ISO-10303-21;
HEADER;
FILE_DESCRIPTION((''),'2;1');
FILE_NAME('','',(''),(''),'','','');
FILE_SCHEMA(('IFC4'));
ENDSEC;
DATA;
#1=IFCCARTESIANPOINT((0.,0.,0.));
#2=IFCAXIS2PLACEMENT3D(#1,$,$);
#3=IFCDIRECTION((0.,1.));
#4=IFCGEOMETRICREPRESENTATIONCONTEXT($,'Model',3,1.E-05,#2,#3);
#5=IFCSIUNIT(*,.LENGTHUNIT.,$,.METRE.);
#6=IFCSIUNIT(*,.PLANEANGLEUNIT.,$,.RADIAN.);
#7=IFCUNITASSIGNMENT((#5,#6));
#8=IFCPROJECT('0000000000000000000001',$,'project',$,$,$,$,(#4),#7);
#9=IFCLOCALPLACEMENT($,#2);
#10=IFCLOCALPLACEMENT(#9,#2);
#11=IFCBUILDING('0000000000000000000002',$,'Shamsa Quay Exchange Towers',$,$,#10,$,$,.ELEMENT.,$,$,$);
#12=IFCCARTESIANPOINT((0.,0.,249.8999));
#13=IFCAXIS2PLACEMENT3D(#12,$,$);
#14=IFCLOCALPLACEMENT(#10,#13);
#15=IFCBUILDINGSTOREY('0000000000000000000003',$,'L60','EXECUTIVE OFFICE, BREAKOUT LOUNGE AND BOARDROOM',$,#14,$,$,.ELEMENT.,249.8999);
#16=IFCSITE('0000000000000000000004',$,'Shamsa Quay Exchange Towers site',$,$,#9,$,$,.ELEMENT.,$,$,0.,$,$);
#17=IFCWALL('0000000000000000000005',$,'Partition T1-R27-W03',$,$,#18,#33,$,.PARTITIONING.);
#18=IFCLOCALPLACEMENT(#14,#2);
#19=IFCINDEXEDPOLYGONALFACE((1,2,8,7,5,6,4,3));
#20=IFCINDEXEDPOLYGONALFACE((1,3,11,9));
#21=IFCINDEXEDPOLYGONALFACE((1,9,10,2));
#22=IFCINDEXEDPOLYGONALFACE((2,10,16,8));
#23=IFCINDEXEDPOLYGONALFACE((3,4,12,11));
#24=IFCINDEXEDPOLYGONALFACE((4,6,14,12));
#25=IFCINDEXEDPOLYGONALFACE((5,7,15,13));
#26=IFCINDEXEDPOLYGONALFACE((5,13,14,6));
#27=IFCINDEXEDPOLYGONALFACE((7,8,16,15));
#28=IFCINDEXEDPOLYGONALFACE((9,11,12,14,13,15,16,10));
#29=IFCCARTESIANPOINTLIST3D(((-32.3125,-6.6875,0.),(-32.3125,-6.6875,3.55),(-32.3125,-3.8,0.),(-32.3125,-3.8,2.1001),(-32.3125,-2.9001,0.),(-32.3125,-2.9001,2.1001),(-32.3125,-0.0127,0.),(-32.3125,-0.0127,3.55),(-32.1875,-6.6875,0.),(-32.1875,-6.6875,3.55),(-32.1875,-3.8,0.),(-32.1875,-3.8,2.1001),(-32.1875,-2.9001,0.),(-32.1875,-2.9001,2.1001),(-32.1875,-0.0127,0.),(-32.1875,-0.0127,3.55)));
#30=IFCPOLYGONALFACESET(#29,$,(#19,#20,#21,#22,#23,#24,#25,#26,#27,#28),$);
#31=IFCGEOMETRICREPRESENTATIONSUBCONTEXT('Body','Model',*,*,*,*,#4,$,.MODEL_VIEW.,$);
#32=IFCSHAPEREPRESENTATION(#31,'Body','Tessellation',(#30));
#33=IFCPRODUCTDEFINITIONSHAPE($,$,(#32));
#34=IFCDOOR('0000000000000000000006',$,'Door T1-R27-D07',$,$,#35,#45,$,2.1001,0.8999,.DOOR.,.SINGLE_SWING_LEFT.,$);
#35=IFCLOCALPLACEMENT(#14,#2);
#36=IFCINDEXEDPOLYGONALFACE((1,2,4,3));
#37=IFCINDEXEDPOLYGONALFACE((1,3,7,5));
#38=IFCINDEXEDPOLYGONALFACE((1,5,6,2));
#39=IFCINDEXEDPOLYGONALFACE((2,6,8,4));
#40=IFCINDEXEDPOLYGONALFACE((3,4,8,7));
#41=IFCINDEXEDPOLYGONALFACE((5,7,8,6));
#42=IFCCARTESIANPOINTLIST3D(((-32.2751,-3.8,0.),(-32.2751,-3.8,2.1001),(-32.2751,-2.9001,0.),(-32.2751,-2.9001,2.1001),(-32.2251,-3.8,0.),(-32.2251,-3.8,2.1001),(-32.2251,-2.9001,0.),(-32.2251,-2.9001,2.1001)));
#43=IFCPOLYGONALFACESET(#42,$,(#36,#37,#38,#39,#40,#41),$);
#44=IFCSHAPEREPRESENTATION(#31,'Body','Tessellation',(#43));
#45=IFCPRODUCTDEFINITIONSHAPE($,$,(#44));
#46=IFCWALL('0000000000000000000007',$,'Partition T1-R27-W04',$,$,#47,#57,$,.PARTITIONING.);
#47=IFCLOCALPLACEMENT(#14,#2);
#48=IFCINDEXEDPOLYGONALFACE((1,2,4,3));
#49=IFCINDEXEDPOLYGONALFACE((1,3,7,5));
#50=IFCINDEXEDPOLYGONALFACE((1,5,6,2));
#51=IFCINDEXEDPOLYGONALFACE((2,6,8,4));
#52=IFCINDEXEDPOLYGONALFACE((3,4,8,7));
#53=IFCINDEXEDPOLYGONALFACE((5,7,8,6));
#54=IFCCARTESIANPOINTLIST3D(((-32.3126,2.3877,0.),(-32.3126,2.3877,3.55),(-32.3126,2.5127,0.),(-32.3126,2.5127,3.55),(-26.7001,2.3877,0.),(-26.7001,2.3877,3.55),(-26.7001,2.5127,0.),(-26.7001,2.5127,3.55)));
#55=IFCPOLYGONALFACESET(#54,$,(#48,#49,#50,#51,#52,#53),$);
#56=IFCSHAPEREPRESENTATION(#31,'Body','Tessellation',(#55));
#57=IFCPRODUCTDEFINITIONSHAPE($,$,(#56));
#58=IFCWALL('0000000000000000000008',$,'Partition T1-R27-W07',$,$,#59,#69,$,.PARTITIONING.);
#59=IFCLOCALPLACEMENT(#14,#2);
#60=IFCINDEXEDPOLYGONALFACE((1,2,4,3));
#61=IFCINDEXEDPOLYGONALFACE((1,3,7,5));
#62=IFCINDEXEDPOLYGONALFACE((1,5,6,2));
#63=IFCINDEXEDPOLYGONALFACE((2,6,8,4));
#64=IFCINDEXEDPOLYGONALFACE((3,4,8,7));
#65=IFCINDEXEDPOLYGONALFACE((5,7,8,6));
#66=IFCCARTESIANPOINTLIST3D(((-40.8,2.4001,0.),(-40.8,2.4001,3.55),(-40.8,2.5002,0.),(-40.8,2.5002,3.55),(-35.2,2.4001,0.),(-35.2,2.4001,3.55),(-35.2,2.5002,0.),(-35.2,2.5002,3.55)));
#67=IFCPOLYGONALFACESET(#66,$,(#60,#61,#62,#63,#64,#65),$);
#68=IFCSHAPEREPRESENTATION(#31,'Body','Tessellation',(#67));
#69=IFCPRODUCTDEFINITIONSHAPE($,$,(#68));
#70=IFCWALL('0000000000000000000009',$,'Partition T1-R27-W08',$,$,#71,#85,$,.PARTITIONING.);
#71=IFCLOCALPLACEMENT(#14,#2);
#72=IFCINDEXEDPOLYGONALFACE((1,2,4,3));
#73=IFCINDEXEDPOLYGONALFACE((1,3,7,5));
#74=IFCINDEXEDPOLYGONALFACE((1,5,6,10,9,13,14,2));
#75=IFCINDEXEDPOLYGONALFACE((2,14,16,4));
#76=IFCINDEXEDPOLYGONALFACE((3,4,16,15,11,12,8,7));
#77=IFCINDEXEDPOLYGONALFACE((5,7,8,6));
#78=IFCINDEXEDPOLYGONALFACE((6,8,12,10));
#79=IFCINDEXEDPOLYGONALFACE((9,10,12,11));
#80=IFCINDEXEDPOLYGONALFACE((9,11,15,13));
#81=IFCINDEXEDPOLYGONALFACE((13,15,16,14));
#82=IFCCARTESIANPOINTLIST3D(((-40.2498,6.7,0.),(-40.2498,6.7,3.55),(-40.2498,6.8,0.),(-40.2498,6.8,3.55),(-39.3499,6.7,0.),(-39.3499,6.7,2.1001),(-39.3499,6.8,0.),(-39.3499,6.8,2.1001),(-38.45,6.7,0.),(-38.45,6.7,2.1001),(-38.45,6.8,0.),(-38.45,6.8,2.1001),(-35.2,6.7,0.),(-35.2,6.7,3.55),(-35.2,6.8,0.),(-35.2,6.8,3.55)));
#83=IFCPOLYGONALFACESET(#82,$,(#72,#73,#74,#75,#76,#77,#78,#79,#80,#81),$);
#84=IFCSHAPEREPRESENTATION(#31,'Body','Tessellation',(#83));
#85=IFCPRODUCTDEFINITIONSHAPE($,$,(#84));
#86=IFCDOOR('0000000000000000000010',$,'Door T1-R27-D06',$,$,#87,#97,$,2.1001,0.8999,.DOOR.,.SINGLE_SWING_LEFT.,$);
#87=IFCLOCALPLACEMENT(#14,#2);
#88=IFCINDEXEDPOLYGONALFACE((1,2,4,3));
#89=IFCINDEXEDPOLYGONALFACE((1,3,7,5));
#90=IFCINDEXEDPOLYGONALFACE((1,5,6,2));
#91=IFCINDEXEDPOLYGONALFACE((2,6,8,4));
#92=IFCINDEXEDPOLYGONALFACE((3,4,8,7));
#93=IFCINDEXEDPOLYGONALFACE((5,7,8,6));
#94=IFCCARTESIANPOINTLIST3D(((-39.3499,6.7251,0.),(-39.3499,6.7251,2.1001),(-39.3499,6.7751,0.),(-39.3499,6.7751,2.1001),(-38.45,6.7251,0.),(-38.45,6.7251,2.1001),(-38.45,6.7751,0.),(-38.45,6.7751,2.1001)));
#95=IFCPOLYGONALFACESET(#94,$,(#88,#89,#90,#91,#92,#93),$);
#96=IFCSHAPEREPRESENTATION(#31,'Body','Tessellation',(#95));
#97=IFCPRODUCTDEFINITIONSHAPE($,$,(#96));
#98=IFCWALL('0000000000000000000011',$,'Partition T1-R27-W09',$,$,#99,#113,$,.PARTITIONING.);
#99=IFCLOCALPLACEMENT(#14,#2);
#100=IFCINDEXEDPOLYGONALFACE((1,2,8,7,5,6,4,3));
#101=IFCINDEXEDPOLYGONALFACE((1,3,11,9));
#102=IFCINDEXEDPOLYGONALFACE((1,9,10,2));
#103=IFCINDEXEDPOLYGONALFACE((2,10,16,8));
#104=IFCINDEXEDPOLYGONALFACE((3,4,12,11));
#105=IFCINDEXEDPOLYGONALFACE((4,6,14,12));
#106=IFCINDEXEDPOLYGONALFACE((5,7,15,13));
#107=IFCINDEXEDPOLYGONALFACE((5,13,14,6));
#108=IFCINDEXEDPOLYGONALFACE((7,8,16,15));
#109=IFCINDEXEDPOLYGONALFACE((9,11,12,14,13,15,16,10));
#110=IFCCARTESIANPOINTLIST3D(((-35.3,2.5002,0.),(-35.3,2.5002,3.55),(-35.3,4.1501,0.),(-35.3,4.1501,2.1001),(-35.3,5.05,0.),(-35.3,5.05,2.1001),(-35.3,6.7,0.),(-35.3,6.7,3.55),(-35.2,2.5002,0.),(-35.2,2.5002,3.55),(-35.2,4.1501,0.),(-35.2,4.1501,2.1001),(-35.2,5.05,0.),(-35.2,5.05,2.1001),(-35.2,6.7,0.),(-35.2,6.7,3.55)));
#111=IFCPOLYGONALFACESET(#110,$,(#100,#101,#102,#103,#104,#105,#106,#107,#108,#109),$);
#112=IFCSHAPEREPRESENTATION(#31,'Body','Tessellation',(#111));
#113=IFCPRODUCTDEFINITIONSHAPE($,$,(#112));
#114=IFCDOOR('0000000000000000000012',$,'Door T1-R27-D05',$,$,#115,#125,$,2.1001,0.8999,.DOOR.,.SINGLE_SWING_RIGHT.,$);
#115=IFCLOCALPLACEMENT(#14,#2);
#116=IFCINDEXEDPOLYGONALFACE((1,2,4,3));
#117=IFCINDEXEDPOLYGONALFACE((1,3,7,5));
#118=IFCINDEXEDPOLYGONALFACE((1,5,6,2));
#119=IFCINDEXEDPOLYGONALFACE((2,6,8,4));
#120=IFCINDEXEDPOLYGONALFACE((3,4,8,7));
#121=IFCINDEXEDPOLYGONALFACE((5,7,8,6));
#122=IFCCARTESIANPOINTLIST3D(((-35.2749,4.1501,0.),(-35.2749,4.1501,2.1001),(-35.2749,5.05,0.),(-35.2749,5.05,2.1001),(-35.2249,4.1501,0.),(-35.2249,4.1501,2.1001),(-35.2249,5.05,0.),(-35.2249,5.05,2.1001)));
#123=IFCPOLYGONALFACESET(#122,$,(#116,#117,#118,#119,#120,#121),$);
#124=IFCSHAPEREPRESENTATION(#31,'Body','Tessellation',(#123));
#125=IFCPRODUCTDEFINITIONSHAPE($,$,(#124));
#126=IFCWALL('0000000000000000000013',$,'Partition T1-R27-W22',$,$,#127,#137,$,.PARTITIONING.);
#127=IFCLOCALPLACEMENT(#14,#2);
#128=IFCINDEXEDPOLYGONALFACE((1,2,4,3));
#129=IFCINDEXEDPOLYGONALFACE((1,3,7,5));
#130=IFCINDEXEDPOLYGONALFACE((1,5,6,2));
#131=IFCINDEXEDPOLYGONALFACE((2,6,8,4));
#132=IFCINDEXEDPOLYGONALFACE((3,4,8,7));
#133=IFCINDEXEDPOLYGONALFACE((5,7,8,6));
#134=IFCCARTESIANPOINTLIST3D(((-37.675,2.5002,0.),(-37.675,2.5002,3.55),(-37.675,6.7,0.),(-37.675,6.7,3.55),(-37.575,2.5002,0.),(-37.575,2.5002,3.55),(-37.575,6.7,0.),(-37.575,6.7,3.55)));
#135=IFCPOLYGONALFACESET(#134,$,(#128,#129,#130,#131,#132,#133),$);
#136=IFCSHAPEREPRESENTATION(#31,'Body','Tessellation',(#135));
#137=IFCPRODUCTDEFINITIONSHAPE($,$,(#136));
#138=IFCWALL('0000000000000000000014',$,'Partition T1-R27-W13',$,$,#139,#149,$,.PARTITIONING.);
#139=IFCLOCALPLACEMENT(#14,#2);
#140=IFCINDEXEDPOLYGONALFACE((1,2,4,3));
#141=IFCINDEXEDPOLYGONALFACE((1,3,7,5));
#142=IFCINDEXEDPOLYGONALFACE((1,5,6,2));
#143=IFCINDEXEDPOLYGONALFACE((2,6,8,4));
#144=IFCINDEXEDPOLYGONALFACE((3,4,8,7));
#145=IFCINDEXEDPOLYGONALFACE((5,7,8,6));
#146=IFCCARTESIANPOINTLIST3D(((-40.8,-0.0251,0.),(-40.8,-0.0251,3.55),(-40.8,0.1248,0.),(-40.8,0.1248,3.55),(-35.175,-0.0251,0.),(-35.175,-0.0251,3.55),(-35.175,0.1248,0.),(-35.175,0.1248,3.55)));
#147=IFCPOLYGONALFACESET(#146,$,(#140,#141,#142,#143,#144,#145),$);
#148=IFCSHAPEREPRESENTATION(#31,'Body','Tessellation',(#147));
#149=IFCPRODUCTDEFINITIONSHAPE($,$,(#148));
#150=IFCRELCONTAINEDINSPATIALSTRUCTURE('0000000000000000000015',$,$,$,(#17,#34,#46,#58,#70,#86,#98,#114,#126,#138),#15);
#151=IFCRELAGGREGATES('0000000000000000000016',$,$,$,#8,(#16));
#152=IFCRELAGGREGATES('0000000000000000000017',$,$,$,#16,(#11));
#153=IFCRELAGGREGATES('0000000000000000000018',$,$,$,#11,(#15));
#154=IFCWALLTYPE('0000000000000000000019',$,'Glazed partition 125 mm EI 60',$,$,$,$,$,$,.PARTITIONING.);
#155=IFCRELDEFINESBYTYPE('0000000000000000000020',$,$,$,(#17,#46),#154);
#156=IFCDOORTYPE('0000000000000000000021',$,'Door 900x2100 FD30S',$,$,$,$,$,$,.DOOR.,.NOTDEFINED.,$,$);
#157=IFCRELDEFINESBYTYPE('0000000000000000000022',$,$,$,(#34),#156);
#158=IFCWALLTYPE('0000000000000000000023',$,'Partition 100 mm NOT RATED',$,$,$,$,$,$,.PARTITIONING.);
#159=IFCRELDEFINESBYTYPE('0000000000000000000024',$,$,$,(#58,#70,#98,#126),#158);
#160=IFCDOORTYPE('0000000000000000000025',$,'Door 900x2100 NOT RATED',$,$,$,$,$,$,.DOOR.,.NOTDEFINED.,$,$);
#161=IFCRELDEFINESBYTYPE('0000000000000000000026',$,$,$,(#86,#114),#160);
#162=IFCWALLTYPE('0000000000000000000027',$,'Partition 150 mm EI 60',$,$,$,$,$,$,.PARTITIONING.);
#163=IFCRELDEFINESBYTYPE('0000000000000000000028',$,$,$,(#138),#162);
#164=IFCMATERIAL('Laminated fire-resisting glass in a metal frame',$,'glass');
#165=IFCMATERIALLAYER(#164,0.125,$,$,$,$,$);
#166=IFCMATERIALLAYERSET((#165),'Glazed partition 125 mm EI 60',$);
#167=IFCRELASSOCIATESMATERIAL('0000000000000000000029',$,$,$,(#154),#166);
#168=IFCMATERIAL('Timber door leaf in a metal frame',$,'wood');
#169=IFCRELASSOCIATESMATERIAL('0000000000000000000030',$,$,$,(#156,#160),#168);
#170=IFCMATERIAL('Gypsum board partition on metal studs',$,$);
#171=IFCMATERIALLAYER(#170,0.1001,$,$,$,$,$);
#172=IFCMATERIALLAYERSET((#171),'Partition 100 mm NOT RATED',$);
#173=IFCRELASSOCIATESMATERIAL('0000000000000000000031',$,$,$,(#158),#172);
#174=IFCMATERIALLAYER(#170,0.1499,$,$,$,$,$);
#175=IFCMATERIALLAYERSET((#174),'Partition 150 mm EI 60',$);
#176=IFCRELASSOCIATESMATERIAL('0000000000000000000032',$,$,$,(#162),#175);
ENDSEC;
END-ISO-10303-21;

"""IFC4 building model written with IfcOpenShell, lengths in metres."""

from ifc_helpers import new_model, si_unit, direction, frame, frame_2d, origin, place, context, subcontext, project, spatial, rectangle, extrude, material, layer, layer_set, type_object, element, fill, save


model = new_model("IFC4")

# Units and contexts
model_context = context("Model", 3, precision=1e-05, world=origin(), true_north=direction((0.0, 1.0)))
body_context = subcontext(model_context, "Body", "Model", "MODEL_VIEW")
ifc_project = project(units=[si_unit("LENGTHUNIT", "METRE"), si_unit("PLANEANGLEUNIT", "RADIAN")], contexts=[model_context])

# Site, building, storey
site_placement = place(None, origin())
site = spatial("IfcSite", under=ifc_project, at=site_placement, Name="Shamsa Quay Exchange Towers site", CompositionType="ELEMENT", RefElevation=0.0)
building_placement = place(site_placement, origin())
building = spatial("IfcBuilding", under=site, at=building_placement, Name="Shamsa Quay Exchange Towers", CompositionType="ELEMENT")
storey_placement = place(building_placement, frame((0.0, 0.0, 249.8999)))
storey = spatial("IfcBuildingStorey", under=building, at=storey_placement, Name="L60", Description="EXECUTIVE OFFICE, BREAKOUT LOUNGE AND BOARDROOM", CompositionType="ELEMENT", Elevation=249.8999)

# Wall, opening, door
ifc_material_1 = material(Name="Laminated fire-resisting glass in a metal frame", Category="glass")
ifc_layer_1 = layer(ifc_material_1, 0.125)
ifc_layer_set_1 = layer_set([ifc_layer_1], Name="Glazed partition 125 mm EI 60")
wall_type_1 = type_object("IfcWallType", Name="Glazed partition 125 mm EI 60", PredefinedType="PARTITIONING", material=ifc_layer_set_1)
ifc_material_2 = material(Name="Timber door leaf in a metal frame", Category="wood")
door_type_1 = type_object("IfcDoorType", Name="Door 900x2100 FD30S", OperationType="NOTDEFINED", PredefinedType="DOOR", material=ifc_material_2)
wall_1_placement = place(storey_placement, frame((-32.25, -0.0127, 0.0), z_axis=(0.0, 0.0, 1.0), x_axis=(0.0, -1.0, 0.0)))
wall_1 = element("IfcWall", 1, at=wall_1_placement, inside=storey, type_object=wall_type_1, Name="Partition T1-R27-W03", PredefinedType="PARTITIONING", context=body_context, shape_type="SweptSolid", body=[
    extrude(rectangle(XDim=6.6748, YDim=0.125, at=frame_2d((3.3374, 0.0))), origin(), (0.0, 0.0, 1.0), 3.55),
])
opening_1_placement = place(wall_1_placement, frame((2.8875, 0.0, 0.0)))
opening_1 = element("IfcOpeningElement", 2, at=opening_1_placement, cuts=wall_1, PredefinedType="OPENING", context=body_context, shape_type="SweptSolid", body=[
    extrude(rectangle(XDim=0.8999, YDim=2.1001, at=frame_2d((0.45, 1.05))), frame((0.0, 0.0725, 0.0), z_axis=(0.0, -1.0, 0.0), x_axis=(1.0, 0.0, 0.0)), (0.0, 0.0, 1.0), 0.145),
])
door_1_placement = place(opening_1_placement, origin())
door_1 = element("IfcDoor", 3, at=door_1_placement, inside=storey, type_object=door_type_1, Name="Door T1-R27-D07", OperationType="SINGLE_SWING_LEFT", OverallHeight=2.1001, OverallWidth=0.8999, PredefinedType="DOOR", context=body_context, shape_type="SweptSolid", body=[
    extrude(rectangle(XDim=0.8999, YDim=2.1001, at=frame_2d((0.45, 1.05))), frame((0.0, 0.0249, 0.0), z_axis=(0.0, -1.0, 0.0), x_axis=(1.0, 0.0, 0.0)), (0.0, 0.0, 1.0), 0.05),
])
fill(opening_1, door_1)

# Walls
wall_2_placement = place(storey_placement, frame((-32.3125, 2.4502, 0.0)))
element("IfcWall", 4, at=wall_2_placement, inside=storey, type_object=wall_type_1, Name="Partition T1-R27-W04", PredefinedType="PARTITIONING", context=body_context, shape_type="SweptSolid", body=[
    extrude(rectangle(XDim=5.6125, YDim=0.125, at=frame_2d((2.8062, 0.0))), origin(), (0.0, 0.0, 1.0), 3.55),
])
ifc_material_3 = material(Name="Gypsum board partition on metal studs")
ifc_layer_2 = layer(ifc_material_3, 0.1001)
ifc_layer_set_2 = layer_set([ifc_layer_2], Name="Partition 100 mm NOT RATED")
wall_type_2 = type_object("IfcWallType", Name="Partition 100 mm NOT RATED", PredefinedType="PARTITIONING", material=ifc_layer_set_2)
wall_3_placement = place(storey_placement, frame((-40.8, 2.4502, 0.0)))
element("IfcWall", 5, at=wall_3_placement, inside=storey, type_object=wall_type_2, Name="Partition T1-R27-W07", PredefinedType="PARTITIONING", context=body_context, shape_type="SweptSolid", body=[
    extrude(rectangle(XDim=5.6001, YDim=0.1001, at=frame_2d((2.8, 0.0))), origin(), (0.0, 0.0, 1.0), 3.55),
])

# Walls, openings, doors
wall_4_placement = place(storey_placement, frame((-35.2, 6.75, 0.0), z_axis=(0.0, 0.0, 1.0), x_axis=(-1.0, 0.0, 0.0)))
wall_4 = element("IfcWall", 6, at=wall_4_placement, inside=storey, type_object=wall_type_2, Name="Partition T1-R27-W08", PredefinedType="PARTITIONING", context=body_context, shape_type="SweptSolid", body=[
    extrude(rectangle(XDim=5.0498, YDim=0.1001, at=frame_2d((2.5249, 0.0))), origin(), (0.0, 0.0, 1.0), 3.55),
])
opening_2_placement = place(wall_4_placement, frame((3.25, 0.0, 0.0)))
opening_2 = element("IfcOpeningElement", 7, at=opening_2_placement, cuts=wall_4, PredefinedType="OPENING", context=body_context, shape_type="SweptSolid", body=[
    extrude(rectangle(XDim=0.8999, YDim=2.1001, at=frame_2d((0.45, 1.05))), frame((0.0, 0.0601, 0.0), z_axis=(0.0, -1.0, 0.0), x_axis=(1.0, 0.0, 0.0)), (0.0, 0.0, 1.0), 0.1201),
])
door_type_2 = type_object("IfcDoorType", Name="Door 900x2100 NOT RATED", OperationType="NOTDEFINED", PredefinedType="DOOR", material=ifc_material_2)
door_2_placement = place(opening_2_placement, origin())
door_2 = element("IfcDoor", 8, at=door_2_placement, inside=storey, type_object=door_type_2, Name="Door T1-R27-D06", OperationType="SINGLE_SWING_LEFT", OverallHeight=2.1001, OverallWidth=0.8999, PredefinedType="DOOR", context=body_context, shape_type="SweptSolid", body=[
    extrude(rectangle(XDim=0.8999, YDim=2.1001, at=frame_2d((0.45, 1.05))), frame((0.0, 0.0249, 0.0), z_axis=(0.0, -1.0, 0.0), x_axis=(1.0, 0.0, 0.0)), (0.0, 0.0, 1.0), 0.05),
])
fill(opening_2, door_2)
wall_5_placement = place(storey_placement, frame((-35.25, 2.5002, 0.0), z_axis=(0.0, 0.0, 1.0), x_axis=(0.0, 1.0, 0.0)))
wall_5 = element("IfcWall", 9, at=wall_5_placement, inside=storey, type_object=wall_type_2, Name="Partition T1-R27-W09", PredefinedType="PARTITIONING", context=body_context, shape_type="SweptSolid", body=[
    extrude(rectangle(XDim=4.1997, YDim=0.1001, at=frame_2d((2.0999, 0.0))), origin(), (0.0, 0.0, 1.0), 3.55),
])
opening_3_placement = place(wall_5_placement, frame((1.6499, 0.0, 0.0)))
opening_3 = element("IfcOpeningElement", 10, at=opening_3_placement, cuts=wall_5, PredefinedType="OPENING", context=body_context, shape_type="SweptSolid", body=[
    extrude(rectangle(XDim=0.8999, YDim=2.1001, at=frame_2d((0.45, 1.05))), frame((0.0, 0.0601, 0.0), z_axis=(0.0, -1.0, 0.0), x_axis=(1.0, 0.0, 0.0)), (0.0, 0.0, 1.0), 0.1201),
])
door_3_placement = place(opening_3_placement, origin())
door_3 = element("IfcDoor", 11, at=door_3_placement, inside=storey, type_object=door_type_2, Name="Door T1-R27-D05", OperationType="SINGLE_SWING_RIGHT", OverallHeight=2.1001, OverallWidth=0.8999, PredefinedType="DOOR", context=body_context, shape_type="SweptSolid", body=[
    extrude(rectangle(XDim=0.8999, YDim=2.1001, at=frame_2d((0.45, 1.05))), frame((0.0, 0.0249, 0.0), z_axis=(0.0, -1.0, 0.0), x_axis=(1.0, 0.0, 0.0)), (0.0, 0.0, 1.0), 0.05),
])
fill(opening_3, door_3)

# Walls
wall_6_placement = place(storey_placement, frame((-37.625, 2.5002, 0.0), z_axis=(0.0, 0.0, 1.0), x_axis=(0.0, 1.0, 0.0)))
element("IfcWall", 12, at=wall_6_placement, inside=storey, type_object=wall_type_2, Name="Partition T1-R27-W22", PredefinedType="PARTITIONING", context=body_context, shape_type="SweptSolid", body=[
    extrude(rectangle(XDim=4.1997, YDim=0.1001, at=frame_2d((2.0999, 0.0))), origin(), (0.0, 0.0, 1.0), 3.55),
])
ifc_layer_3 = layer(ifc_material_3, 0.1499)
ifc_layer_set_3 = layer_set([ifc_layer_3], Name="Partition 150 mm EI 60")
wall_type_3 = type_object("IfcWallType", Name="Partition 150 mm EI 60", PredefinedType="PARTITIONING", material=ifc_layer_set_3)
wall_7_placement = place(storey_placement, frame((-35.175, 0.0498, 0.0), z_axis=(0.0, 0.0, 1.0), x_axis=(-1.0, 0.0, 0.0)))
element("IfcWall", 13, at=wall_7_placement, inside=storey, type_object=wall_type_3, Name="Partition T1-R27-W13", PredefinedType="PARTITIONING", context=body_context, shape_type="SweptSolid", body=[
    extrude(rectangle(XDim=5.625, YDim=0.1499, at=frame_2d((2.8125, 0.0))), origin(), (0.0, 0.0, 1.0), 3.55),
])

save(model, "model.ifc")
